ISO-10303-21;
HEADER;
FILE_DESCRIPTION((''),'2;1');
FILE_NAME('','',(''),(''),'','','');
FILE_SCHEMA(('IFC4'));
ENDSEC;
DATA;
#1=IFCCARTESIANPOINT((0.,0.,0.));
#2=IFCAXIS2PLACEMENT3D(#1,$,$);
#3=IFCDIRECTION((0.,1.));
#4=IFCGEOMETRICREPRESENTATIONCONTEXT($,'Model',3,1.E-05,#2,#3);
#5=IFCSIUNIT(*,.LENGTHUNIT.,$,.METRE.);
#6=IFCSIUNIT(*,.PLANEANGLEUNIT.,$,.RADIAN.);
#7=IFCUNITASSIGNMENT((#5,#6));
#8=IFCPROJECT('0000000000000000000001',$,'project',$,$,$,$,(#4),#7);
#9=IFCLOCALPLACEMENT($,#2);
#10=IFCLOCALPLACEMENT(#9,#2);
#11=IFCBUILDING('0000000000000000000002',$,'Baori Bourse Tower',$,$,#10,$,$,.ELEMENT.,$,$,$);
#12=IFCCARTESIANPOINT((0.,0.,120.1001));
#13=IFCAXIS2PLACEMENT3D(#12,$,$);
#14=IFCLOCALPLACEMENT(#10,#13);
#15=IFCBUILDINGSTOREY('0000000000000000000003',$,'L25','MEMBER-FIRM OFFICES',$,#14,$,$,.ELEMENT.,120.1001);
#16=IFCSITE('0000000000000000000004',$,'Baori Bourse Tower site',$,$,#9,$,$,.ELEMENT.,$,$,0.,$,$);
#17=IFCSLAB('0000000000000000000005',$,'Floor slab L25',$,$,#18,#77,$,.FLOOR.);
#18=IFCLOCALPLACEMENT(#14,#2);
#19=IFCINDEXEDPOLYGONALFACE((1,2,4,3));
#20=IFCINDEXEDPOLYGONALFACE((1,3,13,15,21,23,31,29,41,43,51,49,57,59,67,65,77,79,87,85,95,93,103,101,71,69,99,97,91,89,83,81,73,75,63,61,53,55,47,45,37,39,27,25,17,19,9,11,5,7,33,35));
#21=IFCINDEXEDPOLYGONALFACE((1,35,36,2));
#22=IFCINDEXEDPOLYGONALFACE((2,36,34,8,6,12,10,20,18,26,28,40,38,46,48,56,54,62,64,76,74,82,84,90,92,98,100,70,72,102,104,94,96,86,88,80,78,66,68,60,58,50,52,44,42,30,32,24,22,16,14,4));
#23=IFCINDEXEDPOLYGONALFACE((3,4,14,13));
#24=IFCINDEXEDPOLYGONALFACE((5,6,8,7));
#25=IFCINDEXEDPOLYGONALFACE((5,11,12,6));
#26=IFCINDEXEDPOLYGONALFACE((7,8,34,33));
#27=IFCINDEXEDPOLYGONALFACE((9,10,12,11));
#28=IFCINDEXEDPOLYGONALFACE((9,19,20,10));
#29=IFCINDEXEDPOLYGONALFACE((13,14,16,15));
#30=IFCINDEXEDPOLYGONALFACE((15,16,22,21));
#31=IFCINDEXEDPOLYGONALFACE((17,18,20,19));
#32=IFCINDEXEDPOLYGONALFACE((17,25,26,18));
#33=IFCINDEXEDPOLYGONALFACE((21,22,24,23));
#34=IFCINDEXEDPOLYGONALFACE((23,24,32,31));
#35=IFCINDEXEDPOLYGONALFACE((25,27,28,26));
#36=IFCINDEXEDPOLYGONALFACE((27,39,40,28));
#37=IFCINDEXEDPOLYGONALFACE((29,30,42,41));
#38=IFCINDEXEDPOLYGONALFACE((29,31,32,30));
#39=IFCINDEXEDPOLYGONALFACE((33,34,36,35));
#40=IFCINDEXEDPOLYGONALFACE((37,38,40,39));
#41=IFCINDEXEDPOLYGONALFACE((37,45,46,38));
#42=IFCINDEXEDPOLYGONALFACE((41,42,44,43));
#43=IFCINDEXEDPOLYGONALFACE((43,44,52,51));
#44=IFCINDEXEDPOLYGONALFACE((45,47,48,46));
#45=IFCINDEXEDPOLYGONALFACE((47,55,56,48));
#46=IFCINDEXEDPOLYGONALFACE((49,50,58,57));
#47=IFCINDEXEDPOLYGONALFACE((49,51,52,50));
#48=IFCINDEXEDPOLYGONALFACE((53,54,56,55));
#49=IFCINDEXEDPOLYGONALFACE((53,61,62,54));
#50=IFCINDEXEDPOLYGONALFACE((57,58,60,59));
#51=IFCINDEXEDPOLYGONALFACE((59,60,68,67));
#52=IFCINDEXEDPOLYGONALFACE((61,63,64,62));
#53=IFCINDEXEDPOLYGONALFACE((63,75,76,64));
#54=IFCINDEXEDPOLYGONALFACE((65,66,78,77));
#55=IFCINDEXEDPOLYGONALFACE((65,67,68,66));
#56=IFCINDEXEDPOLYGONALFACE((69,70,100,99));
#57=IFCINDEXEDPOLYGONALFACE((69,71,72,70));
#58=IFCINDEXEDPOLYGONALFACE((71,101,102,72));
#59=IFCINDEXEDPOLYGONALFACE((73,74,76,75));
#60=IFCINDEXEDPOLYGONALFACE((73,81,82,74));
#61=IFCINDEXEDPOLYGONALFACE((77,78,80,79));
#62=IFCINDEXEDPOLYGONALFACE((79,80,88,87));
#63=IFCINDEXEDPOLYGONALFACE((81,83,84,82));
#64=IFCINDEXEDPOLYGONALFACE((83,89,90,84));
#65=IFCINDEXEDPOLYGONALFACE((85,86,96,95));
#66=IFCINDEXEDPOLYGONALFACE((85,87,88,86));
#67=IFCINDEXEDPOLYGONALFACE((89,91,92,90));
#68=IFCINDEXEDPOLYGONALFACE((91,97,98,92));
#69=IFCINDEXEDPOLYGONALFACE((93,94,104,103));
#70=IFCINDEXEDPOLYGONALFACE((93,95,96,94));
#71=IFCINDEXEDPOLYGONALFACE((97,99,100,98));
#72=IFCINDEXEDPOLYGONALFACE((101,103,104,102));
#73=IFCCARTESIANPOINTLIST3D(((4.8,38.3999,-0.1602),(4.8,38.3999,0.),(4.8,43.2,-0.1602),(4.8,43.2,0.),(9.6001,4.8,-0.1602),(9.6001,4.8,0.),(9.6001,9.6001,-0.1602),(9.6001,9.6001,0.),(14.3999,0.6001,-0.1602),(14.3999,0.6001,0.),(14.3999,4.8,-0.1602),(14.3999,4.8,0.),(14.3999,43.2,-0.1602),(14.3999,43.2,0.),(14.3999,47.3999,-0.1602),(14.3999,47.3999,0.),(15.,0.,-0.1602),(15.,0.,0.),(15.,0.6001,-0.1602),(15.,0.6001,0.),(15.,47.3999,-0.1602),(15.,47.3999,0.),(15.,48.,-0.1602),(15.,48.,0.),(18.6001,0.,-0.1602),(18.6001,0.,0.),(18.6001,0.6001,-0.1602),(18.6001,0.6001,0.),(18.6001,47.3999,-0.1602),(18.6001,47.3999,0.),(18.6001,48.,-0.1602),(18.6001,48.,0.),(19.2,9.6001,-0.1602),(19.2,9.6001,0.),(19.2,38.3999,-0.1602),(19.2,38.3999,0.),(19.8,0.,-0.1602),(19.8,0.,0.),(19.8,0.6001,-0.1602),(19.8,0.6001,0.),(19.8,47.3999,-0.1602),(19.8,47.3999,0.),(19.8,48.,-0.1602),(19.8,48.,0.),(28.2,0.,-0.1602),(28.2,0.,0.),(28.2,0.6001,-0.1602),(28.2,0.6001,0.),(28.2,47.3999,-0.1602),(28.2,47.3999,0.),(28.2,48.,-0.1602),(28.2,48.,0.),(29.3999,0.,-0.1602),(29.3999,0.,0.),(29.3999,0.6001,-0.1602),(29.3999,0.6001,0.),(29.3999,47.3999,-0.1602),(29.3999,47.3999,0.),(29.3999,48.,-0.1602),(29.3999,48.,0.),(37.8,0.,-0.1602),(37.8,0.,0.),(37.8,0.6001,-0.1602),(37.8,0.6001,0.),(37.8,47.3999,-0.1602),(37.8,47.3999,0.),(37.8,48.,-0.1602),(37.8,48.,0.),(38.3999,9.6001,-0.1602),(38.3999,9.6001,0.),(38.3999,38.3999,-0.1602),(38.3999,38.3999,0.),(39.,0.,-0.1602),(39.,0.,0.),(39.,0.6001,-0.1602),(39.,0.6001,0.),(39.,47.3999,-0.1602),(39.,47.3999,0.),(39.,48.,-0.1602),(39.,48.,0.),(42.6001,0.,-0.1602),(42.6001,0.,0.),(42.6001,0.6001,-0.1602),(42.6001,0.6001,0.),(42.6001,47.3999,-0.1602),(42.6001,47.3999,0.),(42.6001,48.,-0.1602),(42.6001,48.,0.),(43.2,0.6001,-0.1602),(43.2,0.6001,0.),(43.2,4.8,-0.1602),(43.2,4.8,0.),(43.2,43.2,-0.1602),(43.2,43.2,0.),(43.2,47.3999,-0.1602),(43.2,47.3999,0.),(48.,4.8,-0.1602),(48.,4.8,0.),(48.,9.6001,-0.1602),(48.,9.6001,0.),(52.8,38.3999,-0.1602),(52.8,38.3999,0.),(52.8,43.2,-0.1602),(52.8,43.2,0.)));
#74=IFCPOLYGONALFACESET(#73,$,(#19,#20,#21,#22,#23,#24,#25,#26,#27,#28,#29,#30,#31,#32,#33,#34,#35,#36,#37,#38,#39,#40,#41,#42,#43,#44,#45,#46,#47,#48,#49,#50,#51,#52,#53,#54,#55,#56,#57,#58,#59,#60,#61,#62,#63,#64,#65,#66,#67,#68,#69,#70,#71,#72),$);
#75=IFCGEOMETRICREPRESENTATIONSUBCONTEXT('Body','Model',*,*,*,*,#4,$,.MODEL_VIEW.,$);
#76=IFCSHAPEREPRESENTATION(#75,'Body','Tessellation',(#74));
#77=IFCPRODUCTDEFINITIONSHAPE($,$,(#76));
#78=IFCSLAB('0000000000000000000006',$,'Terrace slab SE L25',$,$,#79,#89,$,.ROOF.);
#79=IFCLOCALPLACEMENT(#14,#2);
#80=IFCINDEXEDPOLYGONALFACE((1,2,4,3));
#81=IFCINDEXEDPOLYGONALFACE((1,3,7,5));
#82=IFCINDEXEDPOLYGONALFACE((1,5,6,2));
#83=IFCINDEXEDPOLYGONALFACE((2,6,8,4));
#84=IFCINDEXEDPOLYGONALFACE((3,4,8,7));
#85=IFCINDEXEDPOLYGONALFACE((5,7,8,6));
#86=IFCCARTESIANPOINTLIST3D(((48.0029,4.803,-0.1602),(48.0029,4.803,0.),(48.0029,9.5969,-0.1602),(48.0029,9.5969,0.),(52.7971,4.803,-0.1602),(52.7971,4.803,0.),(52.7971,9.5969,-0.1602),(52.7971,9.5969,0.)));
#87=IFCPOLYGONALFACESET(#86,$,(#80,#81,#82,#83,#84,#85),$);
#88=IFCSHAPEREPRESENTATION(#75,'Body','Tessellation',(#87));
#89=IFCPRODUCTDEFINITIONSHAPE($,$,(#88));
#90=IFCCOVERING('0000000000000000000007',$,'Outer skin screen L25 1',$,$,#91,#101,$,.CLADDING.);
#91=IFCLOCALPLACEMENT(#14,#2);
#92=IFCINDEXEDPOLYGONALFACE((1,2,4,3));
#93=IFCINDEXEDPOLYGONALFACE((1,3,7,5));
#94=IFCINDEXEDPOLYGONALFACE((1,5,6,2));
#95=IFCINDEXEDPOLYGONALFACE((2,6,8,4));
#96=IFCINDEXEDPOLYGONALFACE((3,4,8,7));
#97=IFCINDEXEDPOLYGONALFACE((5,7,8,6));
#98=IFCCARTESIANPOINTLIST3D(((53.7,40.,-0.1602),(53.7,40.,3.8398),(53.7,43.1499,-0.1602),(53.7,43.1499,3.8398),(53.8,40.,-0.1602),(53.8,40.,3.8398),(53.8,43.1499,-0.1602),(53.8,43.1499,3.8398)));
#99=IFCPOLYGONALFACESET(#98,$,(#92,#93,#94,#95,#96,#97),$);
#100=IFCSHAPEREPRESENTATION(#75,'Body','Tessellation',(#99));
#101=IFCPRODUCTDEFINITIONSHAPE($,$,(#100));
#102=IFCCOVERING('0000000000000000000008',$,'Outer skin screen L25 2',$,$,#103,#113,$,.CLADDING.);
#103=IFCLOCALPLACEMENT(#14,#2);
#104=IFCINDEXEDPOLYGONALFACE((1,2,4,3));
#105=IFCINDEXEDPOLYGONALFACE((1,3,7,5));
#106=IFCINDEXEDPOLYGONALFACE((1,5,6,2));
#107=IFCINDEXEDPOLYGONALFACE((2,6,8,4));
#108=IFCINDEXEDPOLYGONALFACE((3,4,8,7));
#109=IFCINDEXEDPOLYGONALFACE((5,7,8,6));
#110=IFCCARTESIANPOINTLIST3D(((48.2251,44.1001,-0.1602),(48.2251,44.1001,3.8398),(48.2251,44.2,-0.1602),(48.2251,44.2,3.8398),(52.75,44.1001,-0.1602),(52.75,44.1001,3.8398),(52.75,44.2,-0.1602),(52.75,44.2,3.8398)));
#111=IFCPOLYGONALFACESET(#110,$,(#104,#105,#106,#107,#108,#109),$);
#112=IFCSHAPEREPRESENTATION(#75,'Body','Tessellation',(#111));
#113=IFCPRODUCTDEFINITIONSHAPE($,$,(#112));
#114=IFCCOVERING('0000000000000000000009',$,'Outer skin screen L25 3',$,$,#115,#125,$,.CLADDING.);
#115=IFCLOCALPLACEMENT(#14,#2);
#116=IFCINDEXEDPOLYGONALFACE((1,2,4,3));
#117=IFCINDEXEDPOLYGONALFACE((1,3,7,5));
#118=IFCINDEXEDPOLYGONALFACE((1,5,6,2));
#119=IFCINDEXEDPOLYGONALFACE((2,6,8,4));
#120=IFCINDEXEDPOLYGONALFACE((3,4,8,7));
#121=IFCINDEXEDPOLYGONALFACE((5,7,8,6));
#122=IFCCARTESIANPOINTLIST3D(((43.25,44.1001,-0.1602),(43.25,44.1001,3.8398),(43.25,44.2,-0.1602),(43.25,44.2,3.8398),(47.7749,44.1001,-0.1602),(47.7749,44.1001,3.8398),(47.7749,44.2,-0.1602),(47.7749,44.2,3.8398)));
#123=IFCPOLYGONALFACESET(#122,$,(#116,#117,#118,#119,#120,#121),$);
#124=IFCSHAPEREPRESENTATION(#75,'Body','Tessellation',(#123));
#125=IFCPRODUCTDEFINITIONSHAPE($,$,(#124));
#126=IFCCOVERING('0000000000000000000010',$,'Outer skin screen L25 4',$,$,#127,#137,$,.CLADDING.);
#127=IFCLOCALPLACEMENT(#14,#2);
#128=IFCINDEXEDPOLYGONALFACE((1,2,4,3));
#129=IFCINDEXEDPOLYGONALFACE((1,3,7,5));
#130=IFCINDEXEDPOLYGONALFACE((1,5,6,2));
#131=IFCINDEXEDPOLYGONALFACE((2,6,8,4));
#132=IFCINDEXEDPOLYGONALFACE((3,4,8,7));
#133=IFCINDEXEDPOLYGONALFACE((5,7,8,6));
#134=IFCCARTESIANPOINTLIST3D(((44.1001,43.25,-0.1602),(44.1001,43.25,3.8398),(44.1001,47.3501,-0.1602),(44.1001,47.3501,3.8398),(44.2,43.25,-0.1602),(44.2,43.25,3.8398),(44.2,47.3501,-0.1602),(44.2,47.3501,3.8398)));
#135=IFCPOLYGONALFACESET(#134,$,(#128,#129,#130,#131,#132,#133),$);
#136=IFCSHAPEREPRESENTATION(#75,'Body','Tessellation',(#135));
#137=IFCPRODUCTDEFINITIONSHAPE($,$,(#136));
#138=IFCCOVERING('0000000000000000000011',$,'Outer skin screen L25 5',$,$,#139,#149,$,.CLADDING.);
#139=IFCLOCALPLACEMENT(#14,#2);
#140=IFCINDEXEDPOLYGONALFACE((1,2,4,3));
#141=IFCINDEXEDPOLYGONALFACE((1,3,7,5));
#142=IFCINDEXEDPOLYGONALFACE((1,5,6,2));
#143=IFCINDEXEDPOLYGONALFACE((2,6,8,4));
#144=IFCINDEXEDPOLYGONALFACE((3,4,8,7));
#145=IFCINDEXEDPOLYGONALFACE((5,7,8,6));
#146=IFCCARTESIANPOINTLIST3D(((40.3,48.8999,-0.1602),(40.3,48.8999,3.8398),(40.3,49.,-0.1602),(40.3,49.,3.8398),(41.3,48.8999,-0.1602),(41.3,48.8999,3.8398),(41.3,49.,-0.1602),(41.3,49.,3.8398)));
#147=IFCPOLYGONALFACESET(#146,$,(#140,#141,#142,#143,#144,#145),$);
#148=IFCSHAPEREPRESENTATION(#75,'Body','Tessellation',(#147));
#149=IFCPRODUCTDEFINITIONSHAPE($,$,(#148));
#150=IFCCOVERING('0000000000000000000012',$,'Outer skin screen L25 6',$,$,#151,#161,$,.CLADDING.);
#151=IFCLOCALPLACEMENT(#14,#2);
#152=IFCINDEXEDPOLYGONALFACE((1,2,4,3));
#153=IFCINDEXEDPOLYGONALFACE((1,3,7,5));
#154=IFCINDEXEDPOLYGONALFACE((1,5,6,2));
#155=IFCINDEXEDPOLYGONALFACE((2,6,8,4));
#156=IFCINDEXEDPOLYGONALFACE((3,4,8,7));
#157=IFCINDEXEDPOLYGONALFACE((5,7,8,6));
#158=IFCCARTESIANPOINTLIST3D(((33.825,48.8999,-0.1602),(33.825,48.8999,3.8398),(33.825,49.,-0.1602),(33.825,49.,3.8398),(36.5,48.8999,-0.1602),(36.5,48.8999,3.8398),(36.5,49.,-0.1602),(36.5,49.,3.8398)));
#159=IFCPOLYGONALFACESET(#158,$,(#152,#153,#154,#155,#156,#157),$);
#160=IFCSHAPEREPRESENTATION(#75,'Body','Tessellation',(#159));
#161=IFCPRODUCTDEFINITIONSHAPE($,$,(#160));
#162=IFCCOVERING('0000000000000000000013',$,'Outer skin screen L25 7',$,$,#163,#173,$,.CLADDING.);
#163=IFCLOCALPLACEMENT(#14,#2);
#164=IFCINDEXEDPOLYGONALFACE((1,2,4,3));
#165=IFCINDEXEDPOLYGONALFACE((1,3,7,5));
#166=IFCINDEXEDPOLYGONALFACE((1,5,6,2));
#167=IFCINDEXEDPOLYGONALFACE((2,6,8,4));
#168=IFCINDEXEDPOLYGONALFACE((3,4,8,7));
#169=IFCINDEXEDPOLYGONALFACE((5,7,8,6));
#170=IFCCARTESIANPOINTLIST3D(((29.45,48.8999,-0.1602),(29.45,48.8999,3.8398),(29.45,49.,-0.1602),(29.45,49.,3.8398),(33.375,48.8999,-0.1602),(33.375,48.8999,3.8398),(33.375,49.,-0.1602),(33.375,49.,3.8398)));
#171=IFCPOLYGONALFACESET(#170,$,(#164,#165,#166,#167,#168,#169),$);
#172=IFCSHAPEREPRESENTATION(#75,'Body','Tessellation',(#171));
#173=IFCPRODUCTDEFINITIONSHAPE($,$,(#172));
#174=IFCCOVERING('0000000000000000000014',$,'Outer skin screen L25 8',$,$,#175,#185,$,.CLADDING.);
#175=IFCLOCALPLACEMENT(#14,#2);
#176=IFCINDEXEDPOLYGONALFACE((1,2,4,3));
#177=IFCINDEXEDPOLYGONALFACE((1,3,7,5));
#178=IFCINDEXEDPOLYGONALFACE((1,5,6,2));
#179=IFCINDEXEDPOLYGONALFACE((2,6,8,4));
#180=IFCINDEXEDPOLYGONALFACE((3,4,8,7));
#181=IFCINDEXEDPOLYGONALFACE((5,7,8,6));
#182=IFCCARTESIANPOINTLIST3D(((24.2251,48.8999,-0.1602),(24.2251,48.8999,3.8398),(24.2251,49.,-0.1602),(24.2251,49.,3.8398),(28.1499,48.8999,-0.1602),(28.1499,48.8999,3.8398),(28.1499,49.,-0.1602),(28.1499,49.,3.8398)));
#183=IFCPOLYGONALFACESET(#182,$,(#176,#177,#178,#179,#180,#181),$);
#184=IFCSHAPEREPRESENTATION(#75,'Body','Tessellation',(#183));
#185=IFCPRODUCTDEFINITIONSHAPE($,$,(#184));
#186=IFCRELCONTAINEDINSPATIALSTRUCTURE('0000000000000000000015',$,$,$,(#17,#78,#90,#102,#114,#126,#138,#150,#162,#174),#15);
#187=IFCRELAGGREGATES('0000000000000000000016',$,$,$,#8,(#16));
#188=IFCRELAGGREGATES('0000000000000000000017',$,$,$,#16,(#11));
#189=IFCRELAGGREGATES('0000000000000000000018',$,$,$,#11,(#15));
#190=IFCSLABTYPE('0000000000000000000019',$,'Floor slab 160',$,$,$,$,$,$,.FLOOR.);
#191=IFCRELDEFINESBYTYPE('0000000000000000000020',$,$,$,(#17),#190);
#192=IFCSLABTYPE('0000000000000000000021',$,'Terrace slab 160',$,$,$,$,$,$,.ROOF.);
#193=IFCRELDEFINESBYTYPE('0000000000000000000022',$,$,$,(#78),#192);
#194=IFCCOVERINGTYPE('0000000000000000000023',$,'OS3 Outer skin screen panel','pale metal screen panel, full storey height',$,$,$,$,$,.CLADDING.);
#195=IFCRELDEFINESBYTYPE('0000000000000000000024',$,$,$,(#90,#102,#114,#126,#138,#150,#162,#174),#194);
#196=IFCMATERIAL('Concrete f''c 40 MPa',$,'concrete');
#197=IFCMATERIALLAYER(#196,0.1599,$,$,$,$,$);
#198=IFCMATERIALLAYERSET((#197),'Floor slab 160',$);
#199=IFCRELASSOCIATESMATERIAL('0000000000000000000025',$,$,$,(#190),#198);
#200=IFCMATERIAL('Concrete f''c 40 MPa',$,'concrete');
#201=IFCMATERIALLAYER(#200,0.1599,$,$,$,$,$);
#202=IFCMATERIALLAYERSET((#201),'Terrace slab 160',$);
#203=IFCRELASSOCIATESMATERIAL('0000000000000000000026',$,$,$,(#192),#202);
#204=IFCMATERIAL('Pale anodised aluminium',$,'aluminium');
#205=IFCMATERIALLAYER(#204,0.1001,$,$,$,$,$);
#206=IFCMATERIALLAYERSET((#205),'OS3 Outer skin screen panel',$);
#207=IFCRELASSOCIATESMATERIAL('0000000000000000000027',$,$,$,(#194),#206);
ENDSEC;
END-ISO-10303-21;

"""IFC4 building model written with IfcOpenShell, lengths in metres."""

from ifc_helpers import new_model, si_unit, direction, frame, origin, place, context, subcontext, project, spatial, polyline, outline, extrude, material, layer, layer_set, type_object, element, save


model = new_model("IFC4")

# Units and contexts
model_context = context("Model", 3, precision=1e-05, world=origin(), true_north=direction((0.0, 1.0)))
body_context = subcontext(model_context, "Body", "Model", "MODEL_VIEW")
ifc_project = project(units=[si_unit("LENGTHUNIT", "METRE"), si_unit("PLANEANGLEUNIT", "RADIAN")], contexts=[model_context])

# Site, building, storey
site_placement = place(None, origin())
site = spatial("IfcSite", under=ifc_project, at=site_placement, Name="Baori Bourse Tower site", CompositionType="ELEMENT", RefElevation=0.0)
building_placement = place(site_placement, origin())
building = spatial("IfcBuilding", under=site, at=building_placement, Name="Baori Bourse Tower", CompositionType="ELEMENT")
storey_placement = place(building_placement, frame((0.0, 0.0, 120.1001)))
storey = spatial("IfcBuildingStorey", under=building, at=storey_placement, Name="L25", Description="MEMBER-FIRM OFFICES", CompositionType="ELEMENT", Elevation=120.1001)

# Slabs
ifc_material_1 = material(Name="Concrete f'c 40 MPa", Category="concrete")
ifc_layer_1 = layer(ifc_material_1, 0.1599)
ifc_layer_set_1 = layer_set([ifc_layer_1], Name="Floor slab 160")
slab_type_1 = type_object("IfcSlabType", Name="Floor slab 160", PredefinedType="FLOOR", material=ifc_layer_set_1)
slab_1_placement = place(storey_placement, frame((0.0, 0.0, -0.1602)))
element("IfcSlab", 1, at=slab_1_placement, inside=storey, type_object=slab_type_1, Name="Floor slab L25", PredefinedType="FLOOR", context=body_context, shape_type="SweptSolid", body=[
    extrude(outline(polyline([(14.3999, 4.8), (9.6001, 4.8), (9.6001, 9.6001), (19.2, 9.6001), (19.2, 38.3999), (4.8, 38.3999), (4.8, 43.2), (14.3999, 43.2), (14.3999, 47.3999), (15.0, 47.3999), (15.0, 48.0), (18.6001, 48.0), (18.6001, 47.3999), (19.8, 47.3999), (19.8, 48.0), (28.2, 48.0), (28.2, 47.3999), (29.3999, 47.3999), (29.3999, 48.0), (37.8, 48.0), (37.8, 47.3999), (39.0, 47.3999), (39.0, 48.0), (42.6001, 48.0), (42.6001, 47.3999), (43.2, 47.3999), (43.2, 43.2), (52.8, 43.2), (52.8, 38.3999), (38.3999, 38.3999), (38.3999, 9.6001), (48.0, 9.6001), (48.0, 4.8), (43.2, 4.8), (43.2, 0.6001), (42.6001, 0.6001), (42.6001, 0.0), (39.0, 0.0), (39.0, 0.6001), (37.8, 0.6001), (37.8, 0.0), (29.3999, 0.0), (29.3999, 0.6001), (28.2, 0.6001), (28.2, 0.0), (19.8, 0.0), (19.8, 0.6001), (18.6001, 0.6001), (18.6001, 0.0), (15.0, 0.0), (15.0, 0.6001), (14.3999, 0.6001), (14.3999, 4.8)])), origin(), (0.0, 0.0, 1.0), 0.1602),
])
ifc_material_2 = material(Name="Concrete f'c 40 MPa", Category="concrete")
ifc_layer_2 = layer(ifc_material_2, 0.1599)
ifc_layer_set_2 = layer_set([ifc_layer_2], Name="Terrace slab 160")
slab_type_2 = type_object("IfcSlabType", Name="Terrace slab 160", PredefinedType="ROOF", material=ifc_layer_set_2)
slab_2_placement = place(storey_placement, frame((0.0, 0.0, -0.1602)))
element("IfcSlab", 2, at=slab_2_placement, inside=storey, type_object=slab_type_2, Name="Terrace slab SE L25", PredefinedType="ROOF", context=body_context, shape_type="SweptSolid", body=[
    extrude(outline(polyline([(52.7971, 9.5969), (52.7971, 4.803), (48.0029, 4.803), (48.0029, 9.5969), (52.7971, 9.5969)])), origin(), (0.0, 0.0, 1.0), 0.1602),
])

# Coverings
ifc_material_3 = material(Name="Pale anodised aluminium", Category="aluminium")
ifc_layer_3 = layer(ifc_material_3, 0.1001)
ifc_layer_set_3 = layer_set([ifc_layer_3], Name="OS3 Outer skin screen panel")
covering_type = type_object("IfcCoveringType", Name="OS3 Outer skin screen panel", Description="pale metal screen panel, full storey height", PredefinedType="CLADDING", material=ifc_layer_set_3)
covering_1_placement = place(storey_placement, frame((0.0, 0.0, -0.1602)))
element("IfcCovering", 3, at=covering_1_placement, inside=storey, type_object=covering_type, Name="Outer skin screen L25 1", PredefinedType="CLADDING", context=body_context, shape_type="SweptSolid", body=[
    extrude(outline(polyline([(53.7, 43.1499), (53.7, 40.0), (53.8, 40.0), (53.8, 43.1499), (53.7, 43.1499)])), origin(), (0.0, 0.0, 1.0), 4.0),
])
covering_2_placement = place(storey_placement, frame((0.0, 0.0, -0.1602)))
element("IfcCovering", 4, at=covering_2_placement, inside=storey, type_object=covering_type, Name="Outer skin screen L25 2", PredefinedType="CLADDING", context=body_context, shape_type="SweptSolid", body=[
    extrude(outline(polyline([(48.2251, 44.1001), (52.75, 44.1001), (52.75, 44.2), (48.2251, 44.2), (48.2251, 44.1001)])), origin(), (0.0, 0.0, 1.0), 4.0),
])
covering_3_placement = place(storey_placement, frame((0.0, 0.0, -0.1602)))
element("IfcCovering", 5, at=covering_3_placement, inside=storey, type_object=covering_type, Name="Outer skin screen L25 3", PredefinedType="CLADDING", context=body_context, shape_type="SweptSolid", body=[
    extrude(outline(polyline([(43.25, 44.1001), (47.7749, 44.1001), (47.7749, 44.2), (43.25, 44.2), (43.25, 44.1001)])), origin(), (0.0, 0.0, 1.0), 4.0),
])
covering_4_placement = place(storey_placement, frame((0.0, 0.0, -0.1602)))
element("IfcCovering", 6, at=covering_4_placement, inside=storey, type_object=covering_type, Name="Outer skin screen L25 4", PredefinedType="CLADDING", context=body_context, shape_type="SweptSolid", body=[
    extrude(outline(polyline([(44.1001, 47.3501), (44.1001, 43.25), (44.2, 43.25), (44.2, 47.3501), (44.1001, 47.3501)])), origin(), (0.0, 0.0, 1.0), 4.0),
])
covering_5_placement = place(storey_placement, frame((0.0, 0.0, -0.1602)))
element("IfcCovering", 7, at=covering_5_placement, inside=storey, type_object=covering_type, Name="Outer skin screen L25 5", PredefinedType="CLADDING", context=body_context, shape_type="SweptSolid", body=[
    extrude(outline(polyline([(40.3, 48.8999), (41.3, 48.8999), (41.3, 49.0), (40.3, 49.0), (40.3, 48.8999)])), origin(), (0.0, 0.0, 1.0), 4.0),
])
covering_6_placement = place(storey_placement, frame((0.0, 0.0, -0.1602)))
element("IfcCovering", 8, at=covering_6_placement, inside=storey, type_object=covering_type, Name="Outer skin screen L25 6", PredefinedType="CLADDING", context=body_context, shape_type="SweptSolid", body=[
    extrude(outline(polyline([(33.825, 48.8999), (36.5, 48.8999), (36.5, 49.0), (33.825, 49.0), (33.825, 48.8999)])), origin(), (0.0, 0.0, 1.0), 4.0),
])
covering_7_placement = place(storey_placement, frame((0.0, 0.0, -0.1602)))
element("IfcCovering", 9, at=covering_7_placement, inside=storey, type_object=covering_type, Name="Outer skin screen L25 7", PredefinedType="CLADDING", context=body_context, shape_type="SweptSolid", body=[
    extrude(outline(polyline([(29.45, 48.8999), (33.375, 48.8999), (33.375, 49.0), (29.45, 49.0), (29.45, 48.8999)])), origin(), (0.0, 0.0, 1.0), 4.0),
])
covering_8_placement = place(storey_placement, frame((0.0, 0.0, -0.1602)))
element("IfcCovering", 10, at=covering_8_placement, inside=storey, type_object=covering_type, Name="Outer skin screen L25 8", PredefinedType="CLADDING", context=body_context, shape_type="SweptSolid", body=[
    extrude(outline(polyline([(24.2251, 48.8999), (28.1499, 48.8999), (28.1499, 49.0), (24.2251, 49.0), (24.2251, 48.8999)])), origin(), (0.0, 0.0, 1.0), 4.0),
])

save(model, "model.ifc")
